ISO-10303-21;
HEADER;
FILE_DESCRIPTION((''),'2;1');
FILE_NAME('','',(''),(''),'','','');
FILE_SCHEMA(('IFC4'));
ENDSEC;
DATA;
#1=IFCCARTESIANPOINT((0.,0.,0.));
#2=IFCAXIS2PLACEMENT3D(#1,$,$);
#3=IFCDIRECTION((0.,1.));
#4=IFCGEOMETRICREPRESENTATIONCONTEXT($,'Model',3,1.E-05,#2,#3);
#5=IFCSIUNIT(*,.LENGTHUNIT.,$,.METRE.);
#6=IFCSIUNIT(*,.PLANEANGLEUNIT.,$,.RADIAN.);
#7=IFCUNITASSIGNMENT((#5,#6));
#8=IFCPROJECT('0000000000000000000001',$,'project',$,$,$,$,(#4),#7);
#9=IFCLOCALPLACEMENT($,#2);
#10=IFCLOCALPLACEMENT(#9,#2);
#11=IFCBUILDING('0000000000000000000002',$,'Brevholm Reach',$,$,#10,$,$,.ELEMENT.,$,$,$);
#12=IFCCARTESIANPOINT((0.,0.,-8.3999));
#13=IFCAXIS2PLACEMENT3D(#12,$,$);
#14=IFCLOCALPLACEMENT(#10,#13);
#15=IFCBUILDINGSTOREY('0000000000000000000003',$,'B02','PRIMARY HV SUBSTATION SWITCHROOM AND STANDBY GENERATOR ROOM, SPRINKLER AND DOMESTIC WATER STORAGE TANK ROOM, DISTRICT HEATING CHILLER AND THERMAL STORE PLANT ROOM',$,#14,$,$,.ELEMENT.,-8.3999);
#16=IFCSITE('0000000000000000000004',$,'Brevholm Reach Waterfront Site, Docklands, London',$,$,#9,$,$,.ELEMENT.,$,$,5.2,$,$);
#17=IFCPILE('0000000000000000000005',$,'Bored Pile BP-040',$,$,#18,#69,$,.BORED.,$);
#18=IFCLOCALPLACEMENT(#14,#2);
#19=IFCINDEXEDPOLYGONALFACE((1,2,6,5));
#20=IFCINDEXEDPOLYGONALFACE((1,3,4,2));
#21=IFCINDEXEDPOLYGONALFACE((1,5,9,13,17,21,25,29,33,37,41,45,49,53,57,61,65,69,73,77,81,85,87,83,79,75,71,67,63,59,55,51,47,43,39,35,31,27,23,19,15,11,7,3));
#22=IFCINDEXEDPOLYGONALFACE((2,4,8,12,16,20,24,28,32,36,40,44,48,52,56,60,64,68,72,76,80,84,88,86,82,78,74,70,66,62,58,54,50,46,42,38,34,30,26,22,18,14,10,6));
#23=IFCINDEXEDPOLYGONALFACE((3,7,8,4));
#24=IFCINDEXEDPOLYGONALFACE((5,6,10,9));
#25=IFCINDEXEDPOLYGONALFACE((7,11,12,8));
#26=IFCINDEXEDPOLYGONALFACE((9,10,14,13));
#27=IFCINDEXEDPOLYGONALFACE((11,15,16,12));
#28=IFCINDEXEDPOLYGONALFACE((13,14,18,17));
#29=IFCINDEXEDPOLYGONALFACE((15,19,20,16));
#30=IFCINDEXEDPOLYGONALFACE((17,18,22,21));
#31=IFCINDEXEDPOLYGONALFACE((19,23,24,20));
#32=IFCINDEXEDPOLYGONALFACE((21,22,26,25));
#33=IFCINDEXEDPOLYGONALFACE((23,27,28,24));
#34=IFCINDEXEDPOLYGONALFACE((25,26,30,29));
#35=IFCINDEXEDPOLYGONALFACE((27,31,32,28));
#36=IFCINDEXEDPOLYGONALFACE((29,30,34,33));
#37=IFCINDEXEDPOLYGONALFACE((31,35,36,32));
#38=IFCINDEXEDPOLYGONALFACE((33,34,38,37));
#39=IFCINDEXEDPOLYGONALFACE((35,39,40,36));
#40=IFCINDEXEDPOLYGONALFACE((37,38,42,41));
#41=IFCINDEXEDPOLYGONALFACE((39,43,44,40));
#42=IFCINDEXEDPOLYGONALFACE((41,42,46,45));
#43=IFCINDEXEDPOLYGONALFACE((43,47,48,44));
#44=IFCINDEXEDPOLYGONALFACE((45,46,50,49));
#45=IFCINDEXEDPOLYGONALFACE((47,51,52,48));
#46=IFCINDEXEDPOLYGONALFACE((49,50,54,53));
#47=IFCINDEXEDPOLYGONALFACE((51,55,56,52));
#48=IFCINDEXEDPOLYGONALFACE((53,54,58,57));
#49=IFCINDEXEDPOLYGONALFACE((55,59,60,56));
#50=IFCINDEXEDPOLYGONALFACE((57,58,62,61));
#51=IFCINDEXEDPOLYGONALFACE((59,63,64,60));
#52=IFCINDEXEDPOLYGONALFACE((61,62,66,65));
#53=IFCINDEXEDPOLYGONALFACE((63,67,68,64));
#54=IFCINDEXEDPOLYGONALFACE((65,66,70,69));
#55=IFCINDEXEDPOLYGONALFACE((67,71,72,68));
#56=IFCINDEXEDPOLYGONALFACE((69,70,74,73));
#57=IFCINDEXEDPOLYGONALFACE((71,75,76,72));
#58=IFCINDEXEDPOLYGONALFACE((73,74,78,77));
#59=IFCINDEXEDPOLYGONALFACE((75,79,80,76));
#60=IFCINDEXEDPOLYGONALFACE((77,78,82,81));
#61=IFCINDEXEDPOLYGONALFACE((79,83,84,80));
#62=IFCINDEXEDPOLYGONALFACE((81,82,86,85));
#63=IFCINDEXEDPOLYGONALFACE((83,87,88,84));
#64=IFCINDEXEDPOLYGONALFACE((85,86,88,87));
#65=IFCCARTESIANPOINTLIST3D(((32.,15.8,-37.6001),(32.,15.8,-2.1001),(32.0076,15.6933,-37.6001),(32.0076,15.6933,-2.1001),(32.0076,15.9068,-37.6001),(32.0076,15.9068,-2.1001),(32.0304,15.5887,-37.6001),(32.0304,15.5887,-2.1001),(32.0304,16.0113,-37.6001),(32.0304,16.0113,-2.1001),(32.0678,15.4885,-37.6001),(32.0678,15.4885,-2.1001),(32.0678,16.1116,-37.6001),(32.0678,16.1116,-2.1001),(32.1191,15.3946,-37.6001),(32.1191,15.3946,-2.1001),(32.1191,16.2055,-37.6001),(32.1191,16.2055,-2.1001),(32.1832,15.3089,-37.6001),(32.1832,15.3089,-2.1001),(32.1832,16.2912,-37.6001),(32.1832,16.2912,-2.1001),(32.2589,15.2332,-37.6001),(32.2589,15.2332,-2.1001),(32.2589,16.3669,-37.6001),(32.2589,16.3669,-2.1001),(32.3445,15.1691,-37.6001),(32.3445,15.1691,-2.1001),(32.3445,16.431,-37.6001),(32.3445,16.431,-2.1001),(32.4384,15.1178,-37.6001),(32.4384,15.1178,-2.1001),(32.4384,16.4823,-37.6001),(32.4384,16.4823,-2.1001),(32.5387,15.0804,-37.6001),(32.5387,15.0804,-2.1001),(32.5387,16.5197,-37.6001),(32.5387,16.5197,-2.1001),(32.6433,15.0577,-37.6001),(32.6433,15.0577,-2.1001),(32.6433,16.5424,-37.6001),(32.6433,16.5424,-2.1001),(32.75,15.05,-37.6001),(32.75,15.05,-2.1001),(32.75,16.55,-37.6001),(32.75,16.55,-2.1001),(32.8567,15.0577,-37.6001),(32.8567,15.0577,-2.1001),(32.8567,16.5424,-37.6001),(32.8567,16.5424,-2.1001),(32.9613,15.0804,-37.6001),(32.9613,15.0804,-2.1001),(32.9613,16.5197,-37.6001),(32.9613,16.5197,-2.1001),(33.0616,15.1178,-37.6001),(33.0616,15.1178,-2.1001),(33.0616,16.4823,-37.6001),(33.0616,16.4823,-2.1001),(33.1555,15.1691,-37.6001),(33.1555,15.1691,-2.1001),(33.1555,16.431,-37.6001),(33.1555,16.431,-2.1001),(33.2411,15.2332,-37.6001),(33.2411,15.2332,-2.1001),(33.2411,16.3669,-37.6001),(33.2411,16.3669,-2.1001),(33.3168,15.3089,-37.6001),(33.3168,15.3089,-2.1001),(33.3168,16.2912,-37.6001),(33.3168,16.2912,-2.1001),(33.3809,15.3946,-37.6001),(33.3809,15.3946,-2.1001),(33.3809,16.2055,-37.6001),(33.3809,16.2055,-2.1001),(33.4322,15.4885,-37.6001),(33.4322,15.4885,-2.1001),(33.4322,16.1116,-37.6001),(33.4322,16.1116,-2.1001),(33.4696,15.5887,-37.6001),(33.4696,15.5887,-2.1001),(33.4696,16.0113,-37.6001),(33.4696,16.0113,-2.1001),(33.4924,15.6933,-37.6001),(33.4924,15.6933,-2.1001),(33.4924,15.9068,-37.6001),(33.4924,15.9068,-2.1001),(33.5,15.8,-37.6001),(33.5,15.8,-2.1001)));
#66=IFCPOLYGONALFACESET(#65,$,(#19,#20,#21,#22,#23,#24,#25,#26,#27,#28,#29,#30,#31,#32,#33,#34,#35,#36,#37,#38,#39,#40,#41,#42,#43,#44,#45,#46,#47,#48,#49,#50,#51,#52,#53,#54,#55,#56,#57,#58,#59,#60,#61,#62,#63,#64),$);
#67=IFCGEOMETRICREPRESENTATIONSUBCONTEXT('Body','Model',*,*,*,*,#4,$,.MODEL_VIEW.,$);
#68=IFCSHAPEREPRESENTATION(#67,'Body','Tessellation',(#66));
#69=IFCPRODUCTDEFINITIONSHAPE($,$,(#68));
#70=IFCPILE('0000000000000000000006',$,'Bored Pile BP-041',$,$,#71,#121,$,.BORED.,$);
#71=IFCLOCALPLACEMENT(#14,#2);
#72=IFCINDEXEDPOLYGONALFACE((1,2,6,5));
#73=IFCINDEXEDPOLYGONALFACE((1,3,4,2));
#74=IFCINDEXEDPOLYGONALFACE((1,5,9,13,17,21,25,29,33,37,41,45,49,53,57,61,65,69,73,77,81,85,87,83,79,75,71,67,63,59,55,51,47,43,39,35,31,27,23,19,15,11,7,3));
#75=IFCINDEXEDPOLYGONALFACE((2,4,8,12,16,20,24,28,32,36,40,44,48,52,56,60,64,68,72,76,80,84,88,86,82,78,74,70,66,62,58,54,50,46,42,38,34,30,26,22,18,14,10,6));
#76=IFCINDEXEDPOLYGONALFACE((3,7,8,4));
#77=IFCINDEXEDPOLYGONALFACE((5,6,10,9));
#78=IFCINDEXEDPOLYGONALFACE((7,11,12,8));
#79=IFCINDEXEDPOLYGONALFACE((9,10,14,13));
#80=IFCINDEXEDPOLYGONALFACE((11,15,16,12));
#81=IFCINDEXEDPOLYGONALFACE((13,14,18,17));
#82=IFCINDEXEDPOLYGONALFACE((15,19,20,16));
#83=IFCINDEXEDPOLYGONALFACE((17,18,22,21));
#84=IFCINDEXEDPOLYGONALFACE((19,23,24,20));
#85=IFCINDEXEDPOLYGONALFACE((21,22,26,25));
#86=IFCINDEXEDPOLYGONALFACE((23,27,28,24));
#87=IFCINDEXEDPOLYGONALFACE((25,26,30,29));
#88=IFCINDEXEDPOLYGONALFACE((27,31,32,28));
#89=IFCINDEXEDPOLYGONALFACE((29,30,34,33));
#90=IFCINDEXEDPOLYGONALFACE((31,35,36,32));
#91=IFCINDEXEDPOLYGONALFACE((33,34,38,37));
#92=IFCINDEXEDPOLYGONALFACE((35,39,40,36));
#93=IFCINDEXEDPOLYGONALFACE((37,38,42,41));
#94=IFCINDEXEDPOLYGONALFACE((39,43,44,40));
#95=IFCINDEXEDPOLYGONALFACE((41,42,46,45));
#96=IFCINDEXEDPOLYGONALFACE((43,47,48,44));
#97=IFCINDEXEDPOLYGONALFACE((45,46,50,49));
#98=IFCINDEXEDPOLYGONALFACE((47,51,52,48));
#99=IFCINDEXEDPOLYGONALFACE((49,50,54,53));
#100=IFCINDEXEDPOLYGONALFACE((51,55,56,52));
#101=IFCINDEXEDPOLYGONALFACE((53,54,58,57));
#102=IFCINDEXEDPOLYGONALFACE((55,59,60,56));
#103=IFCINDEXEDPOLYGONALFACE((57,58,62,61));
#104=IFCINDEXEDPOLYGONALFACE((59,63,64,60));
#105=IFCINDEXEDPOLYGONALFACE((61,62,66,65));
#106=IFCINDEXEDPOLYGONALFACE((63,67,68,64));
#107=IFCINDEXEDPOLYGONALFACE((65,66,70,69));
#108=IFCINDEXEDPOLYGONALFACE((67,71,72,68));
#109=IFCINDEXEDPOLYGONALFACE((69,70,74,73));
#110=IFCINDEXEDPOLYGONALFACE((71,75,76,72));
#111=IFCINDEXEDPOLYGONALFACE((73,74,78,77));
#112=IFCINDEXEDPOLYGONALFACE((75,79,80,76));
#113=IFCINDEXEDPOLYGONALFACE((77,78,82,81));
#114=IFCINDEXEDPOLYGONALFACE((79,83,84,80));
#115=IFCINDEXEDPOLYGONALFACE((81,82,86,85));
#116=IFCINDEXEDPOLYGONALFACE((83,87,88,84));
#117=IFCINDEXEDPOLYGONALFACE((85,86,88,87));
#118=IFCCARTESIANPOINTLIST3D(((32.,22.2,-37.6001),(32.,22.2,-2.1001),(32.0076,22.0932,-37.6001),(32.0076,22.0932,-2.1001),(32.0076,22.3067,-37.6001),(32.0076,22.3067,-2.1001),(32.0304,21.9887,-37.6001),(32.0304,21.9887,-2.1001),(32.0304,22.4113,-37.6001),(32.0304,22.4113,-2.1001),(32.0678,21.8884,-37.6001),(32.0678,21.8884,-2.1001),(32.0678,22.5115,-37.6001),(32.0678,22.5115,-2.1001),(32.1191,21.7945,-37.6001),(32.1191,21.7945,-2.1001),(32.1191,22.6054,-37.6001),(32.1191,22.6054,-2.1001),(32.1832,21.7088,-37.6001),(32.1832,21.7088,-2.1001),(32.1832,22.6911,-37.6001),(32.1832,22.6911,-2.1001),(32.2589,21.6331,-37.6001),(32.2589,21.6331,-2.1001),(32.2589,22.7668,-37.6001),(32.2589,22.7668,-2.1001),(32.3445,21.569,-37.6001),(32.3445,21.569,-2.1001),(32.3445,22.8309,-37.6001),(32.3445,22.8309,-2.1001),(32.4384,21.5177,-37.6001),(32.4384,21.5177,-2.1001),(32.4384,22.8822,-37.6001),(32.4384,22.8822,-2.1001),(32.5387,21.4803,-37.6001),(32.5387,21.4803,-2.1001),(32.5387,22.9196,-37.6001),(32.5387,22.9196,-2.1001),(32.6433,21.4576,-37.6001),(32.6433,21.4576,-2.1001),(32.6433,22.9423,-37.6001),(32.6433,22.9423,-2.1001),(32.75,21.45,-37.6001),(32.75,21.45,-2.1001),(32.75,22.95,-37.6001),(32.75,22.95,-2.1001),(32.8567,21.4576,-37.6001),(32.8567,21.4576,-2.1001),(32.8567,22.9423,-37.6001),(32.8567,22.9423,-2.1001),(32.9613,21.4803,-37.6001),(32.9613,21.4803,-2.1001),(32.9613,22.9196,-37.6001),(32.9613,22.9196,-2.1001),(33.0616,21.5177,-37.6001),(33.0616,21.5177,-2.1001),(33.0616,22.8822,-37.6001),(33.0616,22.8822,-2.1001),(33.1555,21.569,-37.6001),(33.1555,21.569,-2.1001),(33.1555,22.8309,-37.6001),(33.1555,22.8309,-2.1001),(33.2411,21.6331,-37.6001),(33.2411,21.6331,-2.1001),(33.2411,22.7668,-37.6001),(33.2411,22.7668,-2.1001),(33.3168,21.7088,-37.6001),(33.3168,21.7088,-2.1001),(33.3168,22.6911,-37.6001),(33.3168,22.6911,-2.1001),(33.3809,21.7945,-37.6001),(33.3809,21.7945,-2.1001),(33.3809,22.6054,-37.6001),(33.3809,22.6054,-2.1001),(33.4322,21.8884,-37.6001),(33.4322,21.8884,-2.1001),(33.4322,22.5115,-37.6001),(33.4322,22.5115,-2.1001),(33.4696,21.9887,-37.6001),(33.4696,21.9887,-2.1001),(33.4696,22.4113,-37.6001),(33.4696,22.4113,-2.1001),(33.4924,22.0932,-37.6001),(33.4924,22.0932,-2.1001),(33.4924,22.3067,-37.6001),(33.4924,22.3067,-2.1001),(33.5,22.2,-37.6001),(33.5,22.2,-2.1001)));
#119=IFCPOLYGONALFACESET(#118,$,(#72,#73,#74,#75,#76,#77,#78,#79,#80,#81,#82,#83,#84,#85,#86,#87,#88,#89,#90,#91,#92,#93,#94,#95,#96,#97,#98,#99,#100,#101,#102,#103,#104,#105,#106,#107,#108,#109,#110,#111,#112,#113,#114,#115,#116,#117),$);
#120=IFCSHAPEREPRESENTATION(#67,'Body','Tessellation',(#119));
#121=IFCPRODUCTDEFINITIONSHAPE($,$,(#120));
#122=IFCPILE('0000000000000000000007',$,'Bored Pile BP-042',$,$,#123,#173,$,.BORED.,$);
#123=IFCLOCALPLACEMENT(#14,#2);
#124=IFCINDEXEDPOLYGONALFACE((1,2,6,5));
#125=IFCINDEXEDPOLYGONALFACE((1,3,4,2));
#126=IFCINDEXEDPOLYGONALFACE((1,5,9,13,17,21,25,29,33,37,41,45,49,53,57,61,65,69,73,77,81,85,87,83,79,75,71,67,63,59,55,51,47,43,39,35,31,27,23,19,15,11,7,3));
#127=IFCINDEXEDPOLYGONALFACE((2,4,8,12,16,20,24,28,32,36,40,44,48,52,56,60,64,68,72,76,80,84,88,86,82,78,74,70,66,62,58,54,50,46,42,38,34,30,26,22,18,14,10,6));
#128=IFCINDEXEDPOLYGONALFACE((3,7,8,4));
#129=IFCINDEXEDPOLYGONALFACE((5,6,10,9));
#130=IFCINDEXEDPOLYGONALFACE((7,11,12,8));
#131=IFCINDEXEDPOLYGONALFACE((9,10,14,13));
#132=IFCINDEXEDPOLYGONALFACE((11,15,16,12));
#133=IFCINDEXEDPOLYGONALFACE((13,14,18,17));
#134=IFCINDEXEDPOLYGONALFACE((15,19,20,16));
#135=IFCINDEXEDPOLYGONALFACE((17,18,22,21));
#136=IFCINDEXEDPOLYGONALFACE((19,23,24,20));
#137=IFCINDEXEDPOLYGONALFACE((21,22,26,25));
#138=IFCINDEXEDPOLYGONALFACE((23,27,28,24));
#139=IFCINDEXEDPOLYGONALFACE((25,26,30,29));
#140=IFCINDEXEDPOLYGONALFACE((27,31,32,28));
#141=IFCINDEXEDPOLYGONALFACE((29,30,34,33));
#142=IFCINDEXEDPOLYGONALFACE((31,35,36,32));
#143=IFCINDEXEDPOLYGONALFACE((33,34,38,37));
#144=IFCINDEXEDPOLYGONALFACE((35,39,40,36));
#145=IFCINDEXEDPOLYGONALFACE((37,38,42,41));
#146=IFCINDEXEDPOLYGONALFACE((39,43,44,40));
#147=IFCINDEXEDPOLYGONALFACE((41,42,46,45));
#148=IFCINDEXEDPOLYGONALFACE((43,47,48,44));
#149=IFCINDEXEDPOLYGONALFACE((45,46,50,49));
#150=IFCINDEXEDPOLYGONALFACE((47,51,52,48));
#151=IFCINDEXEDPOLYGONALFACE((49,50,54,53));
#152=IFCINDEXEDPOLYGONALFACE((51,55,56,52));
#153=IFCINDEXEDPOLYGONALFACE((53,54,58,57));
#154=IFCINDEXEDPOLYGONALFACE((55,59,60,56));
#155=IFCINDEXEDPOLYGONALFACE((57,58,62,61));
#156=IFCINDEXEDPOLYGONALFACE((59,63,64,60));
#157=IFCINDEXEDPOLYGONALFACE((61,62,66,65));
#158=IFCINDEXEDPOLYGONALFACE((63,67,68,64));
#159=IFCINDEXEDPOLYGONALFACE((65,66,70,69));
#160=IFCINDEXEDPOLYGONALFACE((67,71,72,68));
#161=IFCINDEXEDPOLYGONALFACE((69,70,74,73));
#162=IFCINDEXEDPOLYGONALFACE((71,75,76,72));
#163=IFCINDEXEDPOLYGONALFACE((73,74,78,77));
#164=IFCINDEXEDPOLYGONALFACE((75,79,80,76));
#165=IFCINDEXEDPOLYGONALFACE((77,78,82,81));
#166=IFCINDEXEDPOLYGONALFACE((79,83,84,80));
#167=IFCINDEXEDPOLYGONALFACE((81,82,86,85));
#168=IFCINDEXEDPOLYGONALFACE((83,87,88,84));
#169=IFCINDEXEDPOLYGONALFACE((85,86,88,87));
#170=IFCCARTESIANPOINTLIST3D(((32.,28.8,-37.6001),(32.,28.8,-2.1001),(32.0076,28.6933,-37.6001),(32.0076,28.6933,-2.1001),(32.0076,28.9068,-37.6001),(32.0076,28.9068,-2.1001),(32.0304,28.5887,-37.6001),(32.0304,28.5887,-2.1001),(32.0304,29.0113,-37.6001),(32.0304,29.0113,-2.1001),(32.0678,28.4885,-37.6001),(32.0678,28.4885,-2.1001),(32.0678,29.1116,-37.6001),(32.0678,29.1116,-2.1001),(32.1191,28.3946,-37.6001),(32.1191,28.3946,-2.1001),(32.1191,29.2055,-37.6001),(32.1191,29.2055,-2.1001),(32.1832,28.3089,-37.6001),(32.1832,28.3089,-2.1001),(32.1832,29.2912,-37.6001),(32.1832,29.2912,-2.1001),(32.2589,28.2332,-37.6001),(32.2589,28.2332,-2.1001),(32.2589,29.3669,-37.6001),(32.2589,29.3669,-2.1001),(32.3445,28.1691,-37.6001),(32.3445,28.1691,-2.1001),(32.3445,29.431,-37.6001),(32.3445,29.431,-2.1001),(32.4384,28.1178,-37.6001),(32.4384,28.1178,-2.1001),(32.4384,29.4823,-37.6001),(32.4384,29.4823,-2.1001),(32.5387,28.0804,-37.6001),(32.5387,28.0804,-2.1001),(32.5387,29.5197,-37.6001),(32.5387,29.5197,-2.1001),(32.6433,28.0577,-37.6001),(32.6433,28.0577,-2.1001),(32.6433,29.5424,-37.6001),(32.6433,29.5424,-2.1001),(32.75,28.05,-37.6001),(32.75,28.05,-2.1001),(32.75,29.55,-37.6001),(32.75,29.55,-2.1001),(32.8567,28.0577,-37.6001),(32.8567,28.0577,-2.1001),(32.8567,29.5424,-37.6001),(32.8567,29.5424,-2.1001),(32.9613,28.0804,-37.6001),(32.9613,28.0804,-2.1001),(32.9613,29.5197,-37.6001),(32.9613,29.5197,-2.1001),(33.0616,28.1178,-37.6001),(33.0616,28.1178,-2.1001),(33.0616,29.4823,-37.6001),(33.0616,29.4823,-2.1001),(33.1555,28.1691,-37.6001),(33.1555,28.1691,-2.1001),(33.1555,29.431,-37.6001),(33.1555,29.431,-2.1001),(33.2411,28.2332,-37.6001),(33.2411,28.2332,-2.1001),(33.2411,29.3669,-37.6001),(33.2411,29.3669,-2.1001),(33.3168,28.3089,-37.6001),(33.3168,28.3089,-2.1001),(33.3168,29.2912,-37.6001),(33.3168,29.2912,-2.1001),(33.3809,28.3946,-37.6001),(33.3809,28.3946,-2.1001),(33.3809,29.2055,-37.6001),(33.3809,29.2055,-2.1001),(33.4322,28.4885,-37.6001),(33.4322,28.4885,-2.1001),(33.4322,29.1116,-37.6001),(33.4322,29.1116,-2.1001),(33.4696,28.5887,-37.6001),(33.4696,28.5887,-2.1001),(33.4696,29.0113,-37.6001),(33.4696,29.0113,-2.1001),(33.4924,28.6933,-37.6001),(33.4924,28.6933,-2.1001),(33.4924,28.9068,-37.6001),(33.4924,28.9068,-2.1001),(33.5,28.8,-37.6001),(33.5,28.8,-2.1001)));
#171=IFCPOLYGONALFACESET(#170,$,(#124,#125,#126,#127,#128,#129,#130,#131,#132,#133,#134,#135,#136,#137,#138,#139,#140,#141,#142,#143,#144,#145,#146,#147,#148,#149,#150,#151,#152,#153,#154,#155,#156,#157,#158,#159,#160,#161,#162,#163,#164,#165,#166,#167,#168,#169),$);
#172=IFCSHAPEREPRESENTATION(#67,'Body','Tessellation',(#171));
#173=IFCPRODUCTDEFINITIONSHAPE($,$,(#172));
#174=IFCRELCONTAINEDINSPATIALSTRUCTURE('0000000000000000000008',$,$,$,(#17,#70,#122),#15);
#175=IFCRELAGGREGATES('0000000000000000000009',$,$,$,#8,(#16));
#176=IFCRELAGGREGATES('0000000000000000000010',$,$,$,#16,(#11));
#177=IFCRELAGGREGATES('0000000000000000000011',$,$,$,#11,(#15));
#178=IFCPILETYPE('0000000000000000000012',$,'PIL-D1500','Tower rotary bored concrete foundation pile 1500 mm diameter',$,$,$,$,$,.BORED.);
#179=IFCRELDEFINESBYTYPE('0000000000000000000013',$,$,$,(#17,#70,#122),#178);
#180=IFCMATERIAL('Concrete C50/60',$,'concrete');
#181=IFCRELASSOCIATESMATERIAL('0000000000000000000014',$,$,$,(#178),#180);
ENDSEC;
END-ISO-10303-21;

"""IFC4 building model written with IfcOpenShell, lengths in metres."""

from ifc_helpers import new_model, si_unit, direction, frame, origin, origin_2d, place, context, subcontext, project, spatial, circle, extrude, material, material_profile, profile_set, type_object, element, save


model = new_model("IFC4")

# Units and contexts
model_context = context("Model", 3, precision=1e-05, world=origin(), true_north=direction((0.0, 1.0)))
body_context = subcontext(model_context, "Body", "Model", "MODEL_VIEW")
ifc_project = project(units=[si_unit("LENGTHUNIT", "METRE"), si_unit("PLANEANGLEUNIT", "RADIAN")], contexts=[model_context])

# Site, building, storey
site_placement = place(None, origin())
site = spatial("IfcSite", under=ifc_project, at=site_placement, Name="Brevholm Reach Waterfront Site, Docklands, London", CompositionType="ELEMENT", RefElevation=5.2)
building_placement = place(site_placement, origin())
building = spatial("IfcBuilding", under=site, at=building_placement, Name="Brevholm Reach", CompositionType="ELEMENT")
storey_placement = place(building_placement, frame((0.0, 0.0, -8.3999)))
storey = spatial("IfcBuildingStorey", under=building, at=storey_placement, Name="B02", Description="PRIMARY HV SUBSTATION SWITCHROOM AND STANDBY GENERATOR ROOM, SPRINKLER AND DOMESTIC WATER STORAGE TANK ROOM, DISTRICT HEATING CHILLER AND THERMAL STORE PLANT ROOM", CompositionType="ELEMENT", Elevation=-8.3999)

# Piles
ifc_material_1 = material(Name="Concrete C50/60", Category="concrete")
ifc_material_profile_1 = material_profile(ifc_material_1, circle(Radius=0.75, at=origin_2d()), Name="PILE D1500")
ifc_profile_set_1 = profile_set([ifc_material_profile_1], Name="Concrete C50/60")
pile_type = type_object("IfcPileType", Name="PIL-D1500", Description="Tower rotary bored concrete foundation pile 1500 mm diameter", PredefinedType="BORED", material=ifc_profile_set_1)
for number, where, z_axis, x_axis, name in (
    (1, (32.75, 15.8, -2.1001), (0.0, 0.0, -1.0), (1.0, 0.0, 0.0), "Bored Pile BP-040"),
    (2, (32.75, 22.2, -2.1001), (0.0, 0.0, -1.0), (1.0, 0.0, 0.0), "Bored Pile BP-041"),
    (3, (32.75, 28.8, -2.1001), (0.0, 0.0, -1.0), (1.0, 0.0, 0.0), "Bored Pile BP-042"),
):
    element("IfcPile", number, at=place(storey_placement, frame(where, z_axis=z_axis, x_axis=x_axis)), inside=storey, type_object=pile_type, Name=name, PredefinedType="BORED", context=body_context, shape_type="SweptSolid", body=[
        extrude(circle(Radius=0.75, at=origin_2d()), origin(), (0.0, 0.0, 1.0), 35.5),
    ])

save(model, "model.ifc")
